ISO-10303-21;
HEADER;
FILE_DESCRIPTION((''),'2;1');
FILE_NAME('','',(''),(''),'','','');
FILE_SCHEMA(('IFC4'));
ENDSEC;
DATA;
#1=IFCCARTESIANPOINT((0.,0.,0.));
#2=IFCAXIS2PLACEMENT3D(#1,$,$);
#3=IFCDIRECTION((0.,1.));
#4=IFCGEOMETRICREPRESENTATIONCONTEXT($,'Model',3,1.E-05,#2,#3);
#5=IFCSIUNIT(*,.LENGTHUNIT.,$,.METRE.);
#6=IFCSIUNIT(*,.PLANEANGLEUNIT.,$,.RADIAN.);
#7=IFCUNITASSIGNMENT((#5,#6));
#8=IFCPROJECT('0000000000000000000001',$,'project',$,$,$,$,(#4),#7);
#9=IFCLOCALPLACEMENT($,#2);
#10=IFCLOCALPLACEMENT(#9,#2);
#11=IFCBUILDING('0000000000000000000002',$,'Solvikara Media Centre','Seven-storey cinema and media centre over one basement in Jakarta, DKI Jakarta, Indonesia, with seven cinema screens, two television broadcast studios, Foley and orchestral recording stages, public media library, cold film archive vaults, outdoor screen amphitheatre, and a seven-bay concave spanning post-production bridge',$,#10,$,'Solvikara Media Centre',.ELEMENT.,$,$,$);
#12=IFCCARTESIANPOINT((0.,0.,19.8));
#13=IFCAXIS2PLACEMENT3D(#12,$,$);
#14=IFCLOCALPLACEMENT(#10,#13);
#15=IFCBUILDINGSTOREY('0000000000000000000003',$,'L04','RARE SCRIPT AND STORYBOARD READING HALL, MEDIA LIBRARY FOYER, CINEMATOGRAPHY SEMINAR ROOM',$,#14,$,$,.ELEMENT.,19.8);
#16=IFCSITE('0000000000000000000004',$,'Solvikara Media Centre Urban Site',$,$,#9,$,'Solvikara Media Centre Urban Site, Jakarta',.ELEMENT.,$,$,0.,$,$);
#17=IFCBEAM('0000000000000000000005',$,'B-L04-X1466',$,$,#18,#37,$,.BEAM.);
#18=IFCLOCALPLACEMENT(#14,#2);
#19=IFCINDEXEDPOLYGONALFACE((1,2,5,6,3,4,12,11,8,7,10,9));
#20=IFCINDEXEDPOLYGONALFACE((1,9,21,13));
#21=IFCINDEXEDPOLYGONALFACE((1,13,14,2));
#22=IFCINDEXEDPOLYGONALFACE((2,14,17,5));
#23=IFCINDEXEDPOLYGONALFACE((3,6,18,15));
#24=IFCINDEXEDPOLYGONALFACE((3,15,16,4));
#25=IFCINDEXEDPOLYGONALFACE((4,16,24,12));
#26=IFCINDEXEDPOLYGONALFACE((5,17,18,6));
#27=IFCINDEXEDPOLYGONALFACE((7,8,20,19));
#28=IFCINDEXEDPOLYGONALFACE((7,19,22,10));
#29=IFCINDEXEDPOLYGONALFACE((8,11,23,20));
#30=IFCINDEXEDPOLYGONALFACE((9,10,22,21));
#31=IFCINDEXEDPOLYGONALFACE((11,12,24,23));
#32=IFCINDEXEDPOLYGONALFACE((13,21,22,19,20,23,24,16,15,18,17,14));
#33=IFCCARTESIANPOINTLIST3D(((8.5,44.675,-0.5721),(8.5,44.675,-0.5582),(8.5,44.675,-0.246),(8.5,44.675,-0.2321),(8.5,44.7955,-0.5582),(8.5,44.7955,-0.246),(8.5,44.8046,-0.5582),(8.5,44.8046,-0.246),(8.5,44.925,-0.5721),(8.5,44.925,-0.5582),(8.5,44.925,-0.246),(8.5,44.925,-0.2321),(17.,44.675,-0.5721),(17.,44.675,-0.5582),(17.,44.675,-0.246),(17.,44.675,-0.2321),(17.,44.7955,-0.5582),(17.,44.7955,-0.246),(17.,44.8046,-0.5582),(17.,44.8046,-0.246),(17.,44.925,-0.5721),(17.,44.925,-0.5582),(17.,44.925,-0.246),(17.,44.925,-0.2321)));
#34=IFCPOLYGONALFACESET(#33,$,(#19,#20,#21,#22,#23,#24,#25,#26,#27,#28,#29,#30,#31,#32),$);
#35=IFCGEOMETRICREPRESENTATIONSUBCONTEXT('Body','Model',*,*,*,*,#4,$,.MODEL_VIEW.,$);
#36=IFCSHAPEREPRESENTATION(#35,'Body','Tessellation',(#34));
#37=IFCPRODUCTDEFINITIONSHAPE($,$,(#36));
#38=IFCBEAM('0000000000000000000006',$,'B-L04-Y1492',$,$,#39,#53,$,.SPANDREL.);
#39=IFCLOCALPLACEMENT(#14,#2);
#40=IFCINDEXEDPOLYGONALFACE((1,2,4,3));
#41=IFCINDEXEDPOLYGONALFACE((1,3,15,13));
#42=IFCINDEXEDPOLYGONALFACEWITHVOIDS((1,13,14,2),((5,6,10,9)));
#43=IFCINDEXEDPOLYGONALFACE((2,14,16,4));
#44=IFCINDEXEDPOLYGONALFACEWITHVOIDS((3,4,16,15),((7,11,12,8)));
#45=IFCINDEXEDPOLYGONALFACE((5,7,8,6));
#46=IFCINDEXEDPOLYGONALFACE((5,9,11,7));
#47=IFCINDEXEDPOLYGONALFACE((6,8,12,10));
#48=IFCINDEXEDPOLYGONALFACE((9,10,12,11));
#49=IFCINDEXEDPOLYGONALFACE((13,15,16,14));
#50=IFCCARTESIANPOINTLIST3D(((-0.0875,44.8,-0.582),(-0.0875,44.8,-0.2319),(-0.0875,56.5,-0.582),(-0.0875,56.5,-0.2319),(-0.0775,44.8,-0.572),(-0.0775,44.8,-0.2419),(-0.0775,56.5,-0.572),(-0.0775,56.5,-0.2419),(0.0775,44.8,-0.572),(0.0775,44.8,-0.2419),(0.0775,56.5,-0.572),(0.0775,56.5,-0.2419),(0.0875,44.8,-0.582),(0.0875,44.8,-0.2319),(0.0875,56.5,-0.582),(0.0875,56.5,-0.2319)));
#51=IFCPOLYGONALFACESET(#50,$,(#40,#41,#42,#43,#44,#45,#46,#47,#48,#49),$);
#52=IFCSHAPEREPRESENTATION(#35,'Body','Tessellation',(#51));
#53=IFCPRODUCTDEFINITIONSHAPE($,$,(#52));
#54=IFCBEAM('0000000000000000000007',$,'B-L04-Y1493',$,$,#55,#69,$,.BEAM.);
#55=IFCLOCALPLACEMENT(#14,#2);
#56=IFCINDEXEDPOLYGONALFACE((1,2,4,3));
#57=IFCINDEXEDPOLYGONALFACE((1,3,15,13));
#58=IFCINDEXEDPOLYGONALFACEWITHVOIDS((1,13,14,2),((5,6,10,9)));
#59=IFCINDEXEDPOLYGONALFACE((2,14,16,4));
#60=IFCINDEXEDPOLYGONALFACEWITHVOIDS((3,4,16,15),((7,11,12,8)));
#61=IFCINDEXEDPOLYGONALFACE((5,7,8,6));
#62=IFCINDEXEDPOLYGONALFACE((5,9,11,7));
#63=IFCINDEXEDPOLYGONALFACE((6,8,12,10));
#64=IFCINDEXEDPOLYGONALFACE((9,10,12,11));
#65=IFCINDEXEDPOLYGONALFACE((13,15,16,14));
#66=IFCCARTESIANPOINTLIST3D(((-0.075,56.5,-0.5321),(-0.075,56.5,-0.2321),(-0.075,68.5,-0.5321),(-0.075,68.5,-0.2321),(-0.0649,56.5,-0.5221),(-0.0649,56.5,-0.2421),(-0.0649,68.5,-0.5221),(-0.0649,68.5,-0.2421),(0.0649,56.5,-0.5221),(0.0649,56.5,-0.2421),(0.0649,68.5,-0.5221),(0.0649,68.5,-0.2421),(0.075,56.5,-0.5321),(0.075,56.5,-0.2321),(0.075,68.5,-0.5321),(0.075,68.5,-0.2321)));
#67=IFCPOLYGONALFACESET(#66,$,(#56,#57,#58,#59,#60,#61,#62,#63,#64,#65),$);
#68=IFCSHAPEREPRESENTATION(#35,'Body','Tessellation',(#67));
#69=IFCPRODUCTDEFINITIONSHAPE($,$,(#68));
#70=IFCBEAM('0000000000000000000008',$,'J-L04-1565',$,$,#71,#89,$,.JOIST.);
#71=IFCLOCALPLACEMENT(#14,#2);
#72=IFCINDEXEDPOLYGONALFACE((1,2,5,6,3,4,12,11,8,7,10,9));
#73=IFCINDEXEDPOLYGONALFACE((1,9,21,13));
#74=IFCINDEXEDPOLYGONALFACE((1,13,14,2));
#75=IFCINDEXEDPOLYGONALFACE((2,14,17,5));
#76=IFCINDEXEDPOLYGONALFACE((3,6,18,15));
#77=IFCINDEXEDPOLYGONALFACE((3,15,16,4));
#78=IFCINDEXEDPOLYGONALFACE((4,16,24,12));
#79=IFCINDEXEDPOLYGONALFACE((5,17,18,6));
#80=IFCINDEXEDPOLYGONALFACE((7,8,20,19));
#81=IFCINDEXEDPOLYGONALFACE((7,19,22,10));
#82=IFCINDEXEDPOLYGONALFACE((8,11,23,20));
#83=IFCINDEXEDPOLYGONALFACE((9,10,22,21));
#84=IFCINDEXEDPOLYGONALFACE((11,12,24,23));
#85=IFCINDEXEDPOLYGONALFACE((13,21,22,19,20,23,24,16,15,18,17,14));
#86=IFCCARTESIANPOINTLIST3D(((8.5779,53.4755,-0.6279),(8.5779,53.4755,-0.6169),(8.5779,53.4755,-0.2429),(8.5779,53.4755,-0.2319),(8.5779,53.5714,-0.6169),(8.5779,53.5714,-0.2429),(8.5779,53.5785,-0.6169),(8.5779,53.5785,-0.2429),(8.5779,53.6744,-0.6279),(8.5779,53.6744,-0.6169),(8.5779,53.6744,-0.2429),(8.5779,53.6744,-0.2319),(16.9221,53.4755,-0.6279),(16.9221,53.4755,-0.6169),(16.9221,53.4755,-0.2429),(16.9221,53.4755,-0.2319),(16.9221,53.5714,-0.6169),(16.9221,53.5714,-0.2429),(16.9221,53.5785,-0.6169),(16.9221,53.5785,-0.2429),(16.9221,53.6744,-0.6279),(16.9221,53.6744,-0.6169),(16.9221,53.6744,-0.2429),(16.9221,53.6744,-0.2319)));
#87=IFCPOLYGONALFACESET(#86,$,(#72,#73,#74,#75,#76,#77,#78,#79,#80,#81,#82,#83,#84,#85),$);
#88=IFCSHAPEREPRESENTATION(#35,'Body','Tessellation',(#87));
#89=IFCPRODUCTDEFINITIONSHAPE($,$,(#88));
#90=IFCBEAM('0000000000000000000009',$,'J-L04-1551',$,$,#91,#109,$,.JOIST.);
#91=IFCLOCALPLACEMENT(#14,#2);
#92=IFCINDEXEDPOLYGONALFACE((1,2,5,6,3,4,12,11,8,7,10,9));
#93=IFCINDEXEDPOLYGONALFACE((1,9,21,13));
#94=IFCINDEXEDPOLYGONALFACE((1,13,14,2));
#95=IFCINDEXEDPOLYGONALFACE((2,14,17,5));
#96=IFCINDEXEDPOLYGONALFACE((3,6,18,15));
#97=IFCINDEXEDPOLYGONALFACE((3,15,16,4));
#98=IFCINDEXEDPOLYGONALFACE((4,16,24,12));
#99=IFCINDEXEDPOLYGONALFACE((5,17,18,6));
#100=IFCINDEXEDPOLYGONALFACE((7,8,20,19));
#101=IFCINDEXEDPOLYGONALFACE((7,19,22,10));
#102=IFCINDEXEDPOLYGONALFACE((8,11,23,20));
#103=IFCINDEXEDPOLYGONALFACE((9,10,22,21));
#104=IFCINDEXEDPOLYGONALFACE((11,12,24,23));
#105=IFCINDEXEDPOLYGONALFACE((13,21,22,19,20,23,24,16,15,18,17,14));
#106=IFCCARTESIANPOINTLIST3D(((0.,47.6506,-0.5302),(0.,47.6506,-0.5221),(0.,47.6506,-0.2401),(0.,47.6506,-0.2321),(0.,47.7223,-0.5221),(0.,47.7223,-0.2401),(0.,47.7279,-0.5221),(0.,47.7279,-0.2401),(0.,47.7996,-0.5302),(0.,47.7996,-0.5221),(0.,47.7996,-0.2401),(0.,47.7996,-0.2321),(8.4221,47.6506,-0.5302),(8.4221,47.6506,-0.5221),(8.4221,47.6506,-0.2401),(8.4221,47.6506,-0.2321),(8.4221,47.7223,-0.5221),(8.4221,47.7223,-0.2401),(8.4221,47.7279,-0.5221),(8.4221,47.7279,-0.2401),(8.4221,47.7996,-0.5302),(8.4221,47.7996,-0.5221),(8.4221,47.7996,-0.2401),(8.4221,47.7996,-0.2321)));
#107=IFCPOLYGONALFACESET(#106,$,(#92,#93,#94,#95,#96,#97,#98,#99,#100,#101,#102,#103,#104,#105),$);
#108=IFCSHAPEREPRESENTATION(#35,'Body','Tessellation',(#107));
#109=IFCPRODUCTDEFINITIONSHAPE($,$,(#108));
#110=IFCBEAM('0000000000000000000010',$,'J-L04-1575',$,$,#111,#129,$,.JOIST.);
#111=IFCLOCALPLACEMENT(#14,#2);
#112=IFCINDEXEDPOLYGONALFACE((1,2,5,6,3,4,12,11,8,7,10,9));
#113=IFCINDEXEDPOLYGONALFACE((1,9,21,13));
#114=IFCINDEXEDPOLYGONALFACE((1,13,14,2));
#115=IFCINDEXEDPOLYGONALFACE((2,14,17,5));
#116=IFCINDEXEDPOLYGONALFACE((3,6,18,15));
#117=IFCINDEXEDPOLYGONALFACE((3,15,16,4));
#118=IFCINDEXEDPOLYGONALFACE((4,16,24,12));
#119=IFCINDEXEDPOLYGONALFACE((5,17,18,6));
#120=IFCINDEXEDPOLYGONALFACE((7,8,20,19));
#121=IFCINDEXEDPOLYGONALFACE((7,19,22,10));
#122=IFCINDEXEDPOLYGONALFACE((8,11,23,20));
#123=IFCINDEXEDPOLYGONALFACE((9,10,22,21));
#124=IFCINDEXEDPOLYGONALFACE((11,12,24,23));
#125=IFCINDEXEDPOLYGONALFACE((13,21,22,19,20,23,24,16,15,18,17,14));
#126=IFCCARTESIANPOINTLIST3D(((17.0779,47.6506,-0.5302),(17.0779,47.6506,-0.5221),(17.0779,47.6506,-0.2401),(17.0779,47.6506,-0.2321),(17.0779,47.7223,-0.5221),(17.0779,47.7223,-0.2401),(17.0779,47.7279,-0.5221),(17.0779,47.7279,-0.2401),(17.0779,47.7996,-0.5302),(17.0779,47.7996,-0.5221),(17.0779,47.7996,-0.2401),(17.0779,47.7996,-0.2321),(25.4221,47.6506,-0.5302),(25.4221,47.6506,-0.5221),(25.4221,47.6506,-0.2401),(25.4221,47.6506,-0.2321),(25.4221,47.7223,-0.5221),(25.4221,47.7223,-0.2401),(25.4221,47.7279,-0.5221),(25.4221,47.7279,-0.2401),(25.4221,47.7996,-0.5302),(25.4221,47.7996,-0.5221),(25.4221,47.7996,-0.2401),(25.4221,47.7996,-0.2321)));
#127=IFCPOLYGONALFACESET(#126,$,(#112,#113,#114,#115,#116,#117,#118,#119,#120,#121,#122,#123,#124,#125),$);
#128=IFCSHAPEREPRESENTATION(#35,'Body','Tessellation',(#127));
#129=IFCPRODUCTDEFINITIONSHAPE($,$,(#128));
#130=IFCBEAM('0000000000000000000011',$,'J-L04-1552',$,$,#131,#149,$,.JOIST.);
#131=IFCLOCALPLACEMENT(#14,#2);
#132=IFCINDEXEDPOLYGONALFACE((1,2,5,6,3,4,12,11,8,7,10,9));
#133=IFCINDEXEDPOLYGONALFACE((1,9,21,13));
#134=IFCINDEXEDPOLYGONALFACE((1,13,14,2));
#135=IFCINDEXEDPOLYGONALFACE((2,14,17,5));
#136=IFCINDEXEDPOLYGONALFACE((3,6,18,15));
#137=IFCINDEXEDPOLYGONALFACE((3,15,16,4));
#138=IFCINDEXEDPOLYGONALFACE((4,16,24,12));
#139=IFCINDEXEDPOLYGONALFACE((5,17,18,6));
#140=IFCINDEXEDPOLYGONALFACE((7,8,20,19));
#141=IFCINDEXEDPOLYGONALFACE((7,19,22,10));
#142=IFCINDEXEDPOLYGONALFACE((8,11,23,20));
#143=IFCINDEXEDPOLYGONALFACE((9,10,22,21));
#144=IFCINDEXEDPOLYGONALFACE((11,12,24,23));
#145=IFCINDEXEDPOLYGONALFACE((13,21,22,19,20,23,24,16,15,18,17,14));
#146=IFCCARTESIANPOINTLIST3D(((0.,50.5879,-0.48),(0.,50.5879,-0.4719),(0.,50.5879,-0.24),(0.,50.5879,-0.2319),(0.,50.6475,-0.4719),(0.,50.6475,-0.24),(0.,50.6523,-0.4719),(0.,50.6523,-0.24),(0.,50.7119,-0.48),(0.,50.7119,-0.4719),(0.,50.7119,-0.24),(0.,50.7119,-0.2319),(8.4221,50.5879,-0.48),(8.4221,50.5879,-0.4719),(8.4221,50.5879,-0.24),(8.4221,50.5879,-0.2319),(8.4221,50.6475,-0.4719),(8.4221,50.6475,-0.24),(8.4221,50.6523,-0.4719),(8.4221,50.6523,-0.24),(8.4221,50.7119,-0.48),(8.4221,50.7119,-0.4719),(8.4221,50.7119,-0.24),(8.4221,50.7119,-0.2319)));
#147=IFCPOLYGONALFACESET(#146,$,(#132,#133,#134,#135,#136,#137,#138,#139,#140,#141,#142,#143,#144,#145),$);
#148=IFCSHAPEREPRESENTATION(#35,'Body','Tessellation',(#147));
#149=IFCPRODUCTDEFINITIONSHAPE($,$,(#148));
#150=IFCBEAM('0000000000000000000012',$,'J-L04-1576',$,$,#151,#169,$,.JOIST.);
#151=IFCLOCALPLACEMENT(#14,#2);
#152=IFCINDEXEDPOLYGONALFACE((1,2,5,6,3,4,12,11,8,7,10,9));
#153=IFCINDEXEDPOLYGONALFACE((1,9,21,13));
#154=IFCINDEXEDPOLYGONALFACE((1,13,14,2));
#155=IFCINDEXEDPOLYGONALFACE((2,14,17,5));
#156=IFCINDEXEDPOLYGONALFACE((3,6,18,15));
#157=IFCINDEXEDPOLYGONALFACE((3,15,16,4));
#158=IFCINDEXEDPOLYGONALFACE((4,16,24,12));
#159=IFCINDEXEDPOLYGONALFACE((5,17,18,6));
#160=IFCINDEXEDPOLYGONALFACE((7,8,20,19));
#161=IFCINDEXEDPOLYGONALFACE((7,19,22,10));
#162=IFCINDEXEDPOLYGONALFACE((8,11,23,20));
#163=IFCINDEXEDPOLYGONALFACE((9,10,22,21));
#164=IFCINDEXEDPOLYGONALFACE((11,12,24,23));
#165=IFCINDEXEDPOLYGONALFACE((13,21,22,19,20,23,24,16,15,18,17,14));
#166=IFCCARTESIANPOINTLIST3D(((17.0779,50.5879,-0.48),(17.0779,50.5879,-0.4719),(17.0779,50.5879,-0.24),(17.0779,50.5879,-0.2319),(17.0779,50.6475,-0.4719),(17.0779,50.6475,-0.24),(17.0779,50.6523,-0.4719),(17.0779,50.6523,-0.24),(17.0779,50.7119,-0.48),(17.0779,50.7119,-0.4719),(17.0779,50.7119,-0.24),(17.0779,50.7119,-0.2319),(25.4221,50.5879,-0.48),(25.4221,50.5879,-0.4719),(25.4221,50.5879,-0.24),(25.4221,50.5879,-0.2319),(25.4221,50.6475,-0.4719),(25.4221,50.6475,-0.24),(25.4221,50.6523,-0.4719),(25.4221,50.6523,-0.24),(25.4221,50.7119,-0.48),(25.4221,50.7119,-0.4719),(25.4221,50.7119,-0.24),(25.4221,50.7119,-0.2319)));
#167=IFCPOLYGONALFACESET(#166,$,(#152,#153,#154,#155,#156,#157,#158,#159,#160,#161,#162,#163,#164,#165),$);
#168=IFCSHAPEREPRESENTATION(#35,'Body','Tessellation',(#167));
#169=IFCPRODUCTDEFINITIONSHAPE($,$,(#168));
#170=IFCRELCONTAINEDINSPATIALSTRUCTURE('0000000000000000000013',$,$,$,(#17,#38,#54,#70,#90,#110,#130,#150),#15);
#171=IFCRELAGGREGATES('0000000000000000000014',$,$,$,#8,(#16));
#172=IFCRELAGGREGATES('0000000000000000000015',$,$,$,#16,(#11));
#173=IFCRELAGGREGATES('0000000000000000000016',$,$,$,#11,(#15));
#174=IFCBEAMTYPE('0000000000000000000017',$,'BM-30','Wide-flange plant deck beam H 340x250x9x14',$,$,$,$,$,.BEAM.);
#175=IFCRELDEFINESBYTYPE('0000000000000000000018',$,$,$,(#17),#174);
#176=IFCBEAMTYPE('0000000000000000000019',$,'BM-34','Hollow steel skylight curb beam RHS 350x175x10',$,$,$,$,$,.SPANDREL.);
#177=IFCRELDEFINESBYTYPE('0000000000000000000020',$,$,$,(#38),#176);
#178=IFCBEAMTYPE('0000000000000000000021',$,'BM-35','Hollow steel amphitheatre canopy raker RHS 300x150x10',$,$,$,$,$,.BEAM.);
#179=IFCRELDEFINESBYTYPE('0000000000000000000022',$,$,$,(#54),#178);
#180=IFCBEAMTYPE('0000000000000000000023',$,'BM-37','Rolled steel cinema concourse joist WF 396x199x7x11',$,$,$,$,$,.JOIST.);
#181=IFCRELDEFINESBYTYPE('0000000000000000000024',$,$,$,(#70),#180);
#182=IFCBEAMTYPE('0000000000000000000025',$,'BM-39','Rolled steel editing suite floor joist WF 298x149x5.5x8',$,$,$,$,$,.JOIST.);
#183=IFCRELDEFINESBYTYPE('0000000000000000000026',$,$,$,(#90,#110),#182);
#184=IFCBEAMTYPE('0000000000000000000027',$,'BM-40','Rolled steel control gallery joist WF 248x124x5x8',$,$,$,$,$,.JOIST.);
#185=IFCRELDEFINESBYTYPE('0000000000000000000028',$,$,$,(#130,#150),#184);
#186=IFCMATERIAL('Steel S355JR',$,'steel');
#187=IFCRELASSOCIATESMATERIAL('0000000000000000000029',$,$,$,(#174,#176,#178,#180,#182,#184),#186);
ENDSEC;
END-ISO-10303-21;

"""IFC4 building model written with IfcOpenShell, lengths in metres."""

from ifc_helpers import new_model, si_unit, direction, frame, origin, origin_2d, place, context, subcontext, project, spatial, hollow_rectangle, i_section, extrude, material, material_profile, profile_set, type_object, element, save


model = new_model("IFC4")

# Units and contexts
model_context = context("Model", 3, precision=1e-05, world=origin(), true_north=direction((0.0, 1.0)))
body_context = subcontext(model_context, "Body", "Model", "MODEL_VIEW")
ifc_project = project(units=[si_unit("LENGTHUNIT", "METRE"), si_unit("PLANEANGLEUNIT", "RADIAN")], contexts=[model_context])

# Site, building, storey
site_placement = place(None, origin())
site = spatial("IfcSite", under=ifc_project, at=site_placement, Name="Solvikara Media Centre Urban Site", LongName="Solvikara Media Centre Urban Site, Jakarta", CompositionType="ELEMENT", RefElevation=0.0)
building_placement = place(site_placement, origin())
building = spatial("IfcBuilding", under=site, at=building_placement, Name="Solvikara Media Centre", Description="Seven-storey cinema and media centre over one basement in Jakarta, DKI Jakarta, Indonesia, with seven cinema screens, two television broadcast studios, Foley and orchestral recording stages, public media library, cold film archive vaults, outdoor screen amphitheatre, and a seven-bay concave spanning post-production bridge", LongName="Solvikara Media Centre", CompositionType="ELEMENT")
storey_placement = place(building_placement, frame((0.0, 0.0, 19.8)))
storey = spatial("IfcBuildingStorey", under=building, at=storey_placement, Name="L04", Description="RARE SCRIPT AND STORYBOARD READING HALL, MEDIA LIBRARY FOYER, CINEMATOGRAPHY SEMINAR ROOM", CompositionType="ELEMENT", Elevation=19.8)

# Beams
ifc_material = material(Name="Steel S355JR", Category="steel")
ifc_material_profile_1 = material_profile(ifc_material, i_section(OverallWidth=0.25, OverallDepth=0.3401, WebThickness=0.009, FlangeThickness=0.0139, at=origin_2d()), Name="H 340x250x9x14")
ifc_profile_set_1 = profile_set([ifc_material_profile_1], Name="Steel S355JR")
beam_type_1 = type_object("IfcBeamType", Name="BM-30", Description="Wide-flange plant deck beam H 340x250x9x14", PredefinedType="BEAM", material=ifc_profile_set_1)
beam_1_placement = place(storey_placement, frame((8.5, 44.8, -0.4021), z_axis=(1.0, 0.0, 0.0), x_axis=(0.0, 1.0, 0.0)))
element("IfcBeam", 1, at=beam_1_placement, inside=storey, type_object=beam_type_1, Name="B-L04-X1466", PredefinedType="BEAM", context=body_context, shape_type="SweptSolid", body=[
    extrude(i_section(OverallWidth=0.25, OverallDepth=0.3401, WebThickness=0.009, FlangeThickness=0.0139, at=origin_2d()), origin(), (0.0, 0.0, 1.0), 8.5),
])
ifc_material_profile_2 = material_profile(ifc_material, hollow_rectangle(XDim=0.175, YDim=0.3501, WallThickness=0.01, at=origin_2d()), Name="RHS 350x175x10")
ifc_profile_set_2 = profile_set([ifc_material_profile_2], Name="Steel S355JR")
beam_type_2 = type_object("IfcBeamType", Name="BM-34", Description="Hollow steel skylight curb beam RHS 350x175x10", PredefinedType="SPANDREL", material=ifc_profile_set_2)
beam_2_placement = place(storey_placement, frame((0.0, 44.8, -0.407), z_axis=(0.0, 1.0, 0.0), x_axis=(-1.0, 0.0, 0.0)))
element("IfcBeam", 2, at=beam_2_placement, inside=storey, type_object=beam_type_2, Name="B-L04-Y1492", PredefinedType="SPANDREL", context=body_context, shape_type="SweptSolid", body=[
    extrude(hollow_rectangle(XDim=0.175, YDim=0.3501, WallThickness=0.01, at=origin_2d()), origin(), (0.0, 0.0, 1.0), 11.7),
])
ifc_material_profile_3 = material_profile(ifc_material, hollow_rectangle(XDim=0.1499, YDim=0.3, WallThickness=0.01, at=origin_2d()), Name="RHS 300x150x10")
ifc_profile_set_3 = profile_set([ifc_material_profile_3], Name="Steel S355JR")
beam_type_3 = type_object("IfcBeamType", Name="BM-35", Description="Hollow steel amphitheatre canopy raker RHS 300x150x10", PredefinedType="BEAM", material=ifc_profile_set_3)
beam_3_placement = place(storey_placement, frame((0.0, 56.5, -0.3821), z_axis=(0.0, 1.0, 0.0), x_axis=(-1.0, 0.0, 0.0)))
element("IfcBeam", 3, at=beam_3_placement, inside=storey, type_object=beam_type_3, Name="B-L04-Y1493", PredefinedType="BEAM", context=body_context, shape_type="SweptSolid", body=[
    extrude(hollow_rectangle(XDim=0.1499, YDim=0.3, WallThickness=0.01, at=origin_2d()), origin(), (0.0, 0.0, 1.0), 12.0),
])
ifc_material_profile_4 = material_profile(ifc_material, i_section(OverallWidth=0.199, OverallDepth=0.396, WebThickness=0.0071, FlangeThickness=0.011, at=origin_2d()), Name="WF 396x199x7x11")
ifc_profile_set_4 = profile_set([ifc_material_profile_4], Name="Steel S355JR")
beam_type_4 = type_object("IfcBeamType", Name="BM-37", Description="Rolled steel cinema concourse joist WF 396x199x7x11", PredefinedType="JOIST", material=ifc_profile_set_4)
beam_4_placement = place(storey_placement, frame((8.5779, 53.575, -0.4299), z_axis=(1.0, 0.0, 0.0), x_axis=(0.0, 1.0, 0.0)))
element("IfcBeam", 4, at=beam_4_placement, inside=storey, type_object=beam_type_4, Name="J-L04-1565", PredefinedType="JOIST", context=body_context, shape_type="SweptSolid", body=[
    extrude(i_section(OverallWidth=0.199, OverallDepth=0.396, WebThickness=0.0071, FlangeThickness=0.011, at=origin_2d()), origin(), (0.0, 0.0, 1.0), 8.3442),
])
ifc_material_profile_5 = material_profile(ifc_material, i_section(OverallWidth=0.1489, OverallDepth=0.2981, WebThickness=0.0056, FlangeThickness=0.0081, at=origin_2d()), Name="WF 298x149x5.5x8")
ifc_profile_set_5 = profile_set([ifc_material_profile_5], Name="Steel S355JR")
beam_type_5 = type_object("IfcBeamType", Name="BM-39", Description="Rolled steel editing suite floor joist WF 298x149x5.5x8", PredefinedType="JOIST", material=ifc_profile_set_5)
beam_5_placement = place(storey_placement, frame((0.0, 47.7251, -0.3811), z_axis=(1.0, 0.0, 0.0), x_axis=(0.0, 1.0, 0.0)))
element("IfcBeam", 5, at=beam_5_placement, inside=storey, type_object=beam_type_5, Name="J-L04-1551", PredefinedType="JOIST", context=body_context, shape_type="SweptSolid", body=[
    extrude(i_section(OverallWidth=0.1489, OverallDepth=0.2981, WebThickness=0.0056, FlangeThickness=0.0081, at=origin_2d()), origin(), (0.0, 0.0, 1.0), 8.4221),
])
beam_6_placement = place(storey_placement, frame((17.0779, 47.7251, -0.3811), z_axis=(1.0, 0.0, 0.0), x_axis=(0.0, 1.0, 0.0)))
element("IfcBeam", 6, at=beam_6_placement, inside=storey, type_object=beam_type_5, Name="J-L04-1575", PredefinedType="JOIST", context=body_context, shape_type="SweptSolid", body=[
    extrude(i_section(OverallWidth=0.1489, OverallDepth=0.2981, WebThickness=0.0056, FlangeThickness=0.0081, at=origin_2d()), origin(), (0.0, 0.0, 1.0), 8.3442),
])
ifc_material_profile_6 = material_profile(ifc_material, i_section(OverallWidth=0.124, OverallDepth=0.248, WebThickness=0.0049, FlangeThickness=0.0081, at=origin_2d()), Name="WF 248x124x5x8")
ifc_profile_set_6 = profile_set([ifc_material_profile_6], Name="Steel S355JR")
beam_type_6 = type_object("IfcBeamType", Name="BM-40", Description="Rolled steel control gallery joist WF 248x124x5x8", PredefinedType="JOIST", material=ifc_profile_set_6)
beam_7_placement = place(storey_placement, frame((0.0, 50.6499, -0.356), z_axis=(1.0, 0.0, 0.0), x_axis=(0.0, 1.0, 0.0)))
element("IfcBeam", 7, at=beam_7_placement, inside=storey, type_object=beam_type_6, Name="J-L04-1552", PredefinedType="JOIST", context=body_context, shape_type="SweptSolid", body=[
    extrude(i_section(OverallWidth=0.124, OverallDepth=0.248, WebThickness=0.0049, FlangeThickness=0.0081, at=origin_2d()), origin(), (0.0, 0.0, 1.0), 8.4221),
])
beam_8_placement = place(storey_placement, frame((17.0779, 50.6499, -0.356), z_axis=(1.0, 0.0, 0.0), x_axis=(0.0, 1.0, 0.0)))
element("IfcBeam", 8, at=beam_8_placement, inside=storey, type_object=beam_type_6, Name="J-L04-1576", PredefinedType="JOIST", context=body_context, shape_type="SweptSolid", body=[
    extrude(i_section(OverallWidth=0.124, OverallDepth=0.248, WebThickness=0.0049, FlangeThickness=0.0081, at=origin_2d()), origin(), (0.0, 0.0, 1.0), 8.3442),
])

save(model, "model.ifc")
